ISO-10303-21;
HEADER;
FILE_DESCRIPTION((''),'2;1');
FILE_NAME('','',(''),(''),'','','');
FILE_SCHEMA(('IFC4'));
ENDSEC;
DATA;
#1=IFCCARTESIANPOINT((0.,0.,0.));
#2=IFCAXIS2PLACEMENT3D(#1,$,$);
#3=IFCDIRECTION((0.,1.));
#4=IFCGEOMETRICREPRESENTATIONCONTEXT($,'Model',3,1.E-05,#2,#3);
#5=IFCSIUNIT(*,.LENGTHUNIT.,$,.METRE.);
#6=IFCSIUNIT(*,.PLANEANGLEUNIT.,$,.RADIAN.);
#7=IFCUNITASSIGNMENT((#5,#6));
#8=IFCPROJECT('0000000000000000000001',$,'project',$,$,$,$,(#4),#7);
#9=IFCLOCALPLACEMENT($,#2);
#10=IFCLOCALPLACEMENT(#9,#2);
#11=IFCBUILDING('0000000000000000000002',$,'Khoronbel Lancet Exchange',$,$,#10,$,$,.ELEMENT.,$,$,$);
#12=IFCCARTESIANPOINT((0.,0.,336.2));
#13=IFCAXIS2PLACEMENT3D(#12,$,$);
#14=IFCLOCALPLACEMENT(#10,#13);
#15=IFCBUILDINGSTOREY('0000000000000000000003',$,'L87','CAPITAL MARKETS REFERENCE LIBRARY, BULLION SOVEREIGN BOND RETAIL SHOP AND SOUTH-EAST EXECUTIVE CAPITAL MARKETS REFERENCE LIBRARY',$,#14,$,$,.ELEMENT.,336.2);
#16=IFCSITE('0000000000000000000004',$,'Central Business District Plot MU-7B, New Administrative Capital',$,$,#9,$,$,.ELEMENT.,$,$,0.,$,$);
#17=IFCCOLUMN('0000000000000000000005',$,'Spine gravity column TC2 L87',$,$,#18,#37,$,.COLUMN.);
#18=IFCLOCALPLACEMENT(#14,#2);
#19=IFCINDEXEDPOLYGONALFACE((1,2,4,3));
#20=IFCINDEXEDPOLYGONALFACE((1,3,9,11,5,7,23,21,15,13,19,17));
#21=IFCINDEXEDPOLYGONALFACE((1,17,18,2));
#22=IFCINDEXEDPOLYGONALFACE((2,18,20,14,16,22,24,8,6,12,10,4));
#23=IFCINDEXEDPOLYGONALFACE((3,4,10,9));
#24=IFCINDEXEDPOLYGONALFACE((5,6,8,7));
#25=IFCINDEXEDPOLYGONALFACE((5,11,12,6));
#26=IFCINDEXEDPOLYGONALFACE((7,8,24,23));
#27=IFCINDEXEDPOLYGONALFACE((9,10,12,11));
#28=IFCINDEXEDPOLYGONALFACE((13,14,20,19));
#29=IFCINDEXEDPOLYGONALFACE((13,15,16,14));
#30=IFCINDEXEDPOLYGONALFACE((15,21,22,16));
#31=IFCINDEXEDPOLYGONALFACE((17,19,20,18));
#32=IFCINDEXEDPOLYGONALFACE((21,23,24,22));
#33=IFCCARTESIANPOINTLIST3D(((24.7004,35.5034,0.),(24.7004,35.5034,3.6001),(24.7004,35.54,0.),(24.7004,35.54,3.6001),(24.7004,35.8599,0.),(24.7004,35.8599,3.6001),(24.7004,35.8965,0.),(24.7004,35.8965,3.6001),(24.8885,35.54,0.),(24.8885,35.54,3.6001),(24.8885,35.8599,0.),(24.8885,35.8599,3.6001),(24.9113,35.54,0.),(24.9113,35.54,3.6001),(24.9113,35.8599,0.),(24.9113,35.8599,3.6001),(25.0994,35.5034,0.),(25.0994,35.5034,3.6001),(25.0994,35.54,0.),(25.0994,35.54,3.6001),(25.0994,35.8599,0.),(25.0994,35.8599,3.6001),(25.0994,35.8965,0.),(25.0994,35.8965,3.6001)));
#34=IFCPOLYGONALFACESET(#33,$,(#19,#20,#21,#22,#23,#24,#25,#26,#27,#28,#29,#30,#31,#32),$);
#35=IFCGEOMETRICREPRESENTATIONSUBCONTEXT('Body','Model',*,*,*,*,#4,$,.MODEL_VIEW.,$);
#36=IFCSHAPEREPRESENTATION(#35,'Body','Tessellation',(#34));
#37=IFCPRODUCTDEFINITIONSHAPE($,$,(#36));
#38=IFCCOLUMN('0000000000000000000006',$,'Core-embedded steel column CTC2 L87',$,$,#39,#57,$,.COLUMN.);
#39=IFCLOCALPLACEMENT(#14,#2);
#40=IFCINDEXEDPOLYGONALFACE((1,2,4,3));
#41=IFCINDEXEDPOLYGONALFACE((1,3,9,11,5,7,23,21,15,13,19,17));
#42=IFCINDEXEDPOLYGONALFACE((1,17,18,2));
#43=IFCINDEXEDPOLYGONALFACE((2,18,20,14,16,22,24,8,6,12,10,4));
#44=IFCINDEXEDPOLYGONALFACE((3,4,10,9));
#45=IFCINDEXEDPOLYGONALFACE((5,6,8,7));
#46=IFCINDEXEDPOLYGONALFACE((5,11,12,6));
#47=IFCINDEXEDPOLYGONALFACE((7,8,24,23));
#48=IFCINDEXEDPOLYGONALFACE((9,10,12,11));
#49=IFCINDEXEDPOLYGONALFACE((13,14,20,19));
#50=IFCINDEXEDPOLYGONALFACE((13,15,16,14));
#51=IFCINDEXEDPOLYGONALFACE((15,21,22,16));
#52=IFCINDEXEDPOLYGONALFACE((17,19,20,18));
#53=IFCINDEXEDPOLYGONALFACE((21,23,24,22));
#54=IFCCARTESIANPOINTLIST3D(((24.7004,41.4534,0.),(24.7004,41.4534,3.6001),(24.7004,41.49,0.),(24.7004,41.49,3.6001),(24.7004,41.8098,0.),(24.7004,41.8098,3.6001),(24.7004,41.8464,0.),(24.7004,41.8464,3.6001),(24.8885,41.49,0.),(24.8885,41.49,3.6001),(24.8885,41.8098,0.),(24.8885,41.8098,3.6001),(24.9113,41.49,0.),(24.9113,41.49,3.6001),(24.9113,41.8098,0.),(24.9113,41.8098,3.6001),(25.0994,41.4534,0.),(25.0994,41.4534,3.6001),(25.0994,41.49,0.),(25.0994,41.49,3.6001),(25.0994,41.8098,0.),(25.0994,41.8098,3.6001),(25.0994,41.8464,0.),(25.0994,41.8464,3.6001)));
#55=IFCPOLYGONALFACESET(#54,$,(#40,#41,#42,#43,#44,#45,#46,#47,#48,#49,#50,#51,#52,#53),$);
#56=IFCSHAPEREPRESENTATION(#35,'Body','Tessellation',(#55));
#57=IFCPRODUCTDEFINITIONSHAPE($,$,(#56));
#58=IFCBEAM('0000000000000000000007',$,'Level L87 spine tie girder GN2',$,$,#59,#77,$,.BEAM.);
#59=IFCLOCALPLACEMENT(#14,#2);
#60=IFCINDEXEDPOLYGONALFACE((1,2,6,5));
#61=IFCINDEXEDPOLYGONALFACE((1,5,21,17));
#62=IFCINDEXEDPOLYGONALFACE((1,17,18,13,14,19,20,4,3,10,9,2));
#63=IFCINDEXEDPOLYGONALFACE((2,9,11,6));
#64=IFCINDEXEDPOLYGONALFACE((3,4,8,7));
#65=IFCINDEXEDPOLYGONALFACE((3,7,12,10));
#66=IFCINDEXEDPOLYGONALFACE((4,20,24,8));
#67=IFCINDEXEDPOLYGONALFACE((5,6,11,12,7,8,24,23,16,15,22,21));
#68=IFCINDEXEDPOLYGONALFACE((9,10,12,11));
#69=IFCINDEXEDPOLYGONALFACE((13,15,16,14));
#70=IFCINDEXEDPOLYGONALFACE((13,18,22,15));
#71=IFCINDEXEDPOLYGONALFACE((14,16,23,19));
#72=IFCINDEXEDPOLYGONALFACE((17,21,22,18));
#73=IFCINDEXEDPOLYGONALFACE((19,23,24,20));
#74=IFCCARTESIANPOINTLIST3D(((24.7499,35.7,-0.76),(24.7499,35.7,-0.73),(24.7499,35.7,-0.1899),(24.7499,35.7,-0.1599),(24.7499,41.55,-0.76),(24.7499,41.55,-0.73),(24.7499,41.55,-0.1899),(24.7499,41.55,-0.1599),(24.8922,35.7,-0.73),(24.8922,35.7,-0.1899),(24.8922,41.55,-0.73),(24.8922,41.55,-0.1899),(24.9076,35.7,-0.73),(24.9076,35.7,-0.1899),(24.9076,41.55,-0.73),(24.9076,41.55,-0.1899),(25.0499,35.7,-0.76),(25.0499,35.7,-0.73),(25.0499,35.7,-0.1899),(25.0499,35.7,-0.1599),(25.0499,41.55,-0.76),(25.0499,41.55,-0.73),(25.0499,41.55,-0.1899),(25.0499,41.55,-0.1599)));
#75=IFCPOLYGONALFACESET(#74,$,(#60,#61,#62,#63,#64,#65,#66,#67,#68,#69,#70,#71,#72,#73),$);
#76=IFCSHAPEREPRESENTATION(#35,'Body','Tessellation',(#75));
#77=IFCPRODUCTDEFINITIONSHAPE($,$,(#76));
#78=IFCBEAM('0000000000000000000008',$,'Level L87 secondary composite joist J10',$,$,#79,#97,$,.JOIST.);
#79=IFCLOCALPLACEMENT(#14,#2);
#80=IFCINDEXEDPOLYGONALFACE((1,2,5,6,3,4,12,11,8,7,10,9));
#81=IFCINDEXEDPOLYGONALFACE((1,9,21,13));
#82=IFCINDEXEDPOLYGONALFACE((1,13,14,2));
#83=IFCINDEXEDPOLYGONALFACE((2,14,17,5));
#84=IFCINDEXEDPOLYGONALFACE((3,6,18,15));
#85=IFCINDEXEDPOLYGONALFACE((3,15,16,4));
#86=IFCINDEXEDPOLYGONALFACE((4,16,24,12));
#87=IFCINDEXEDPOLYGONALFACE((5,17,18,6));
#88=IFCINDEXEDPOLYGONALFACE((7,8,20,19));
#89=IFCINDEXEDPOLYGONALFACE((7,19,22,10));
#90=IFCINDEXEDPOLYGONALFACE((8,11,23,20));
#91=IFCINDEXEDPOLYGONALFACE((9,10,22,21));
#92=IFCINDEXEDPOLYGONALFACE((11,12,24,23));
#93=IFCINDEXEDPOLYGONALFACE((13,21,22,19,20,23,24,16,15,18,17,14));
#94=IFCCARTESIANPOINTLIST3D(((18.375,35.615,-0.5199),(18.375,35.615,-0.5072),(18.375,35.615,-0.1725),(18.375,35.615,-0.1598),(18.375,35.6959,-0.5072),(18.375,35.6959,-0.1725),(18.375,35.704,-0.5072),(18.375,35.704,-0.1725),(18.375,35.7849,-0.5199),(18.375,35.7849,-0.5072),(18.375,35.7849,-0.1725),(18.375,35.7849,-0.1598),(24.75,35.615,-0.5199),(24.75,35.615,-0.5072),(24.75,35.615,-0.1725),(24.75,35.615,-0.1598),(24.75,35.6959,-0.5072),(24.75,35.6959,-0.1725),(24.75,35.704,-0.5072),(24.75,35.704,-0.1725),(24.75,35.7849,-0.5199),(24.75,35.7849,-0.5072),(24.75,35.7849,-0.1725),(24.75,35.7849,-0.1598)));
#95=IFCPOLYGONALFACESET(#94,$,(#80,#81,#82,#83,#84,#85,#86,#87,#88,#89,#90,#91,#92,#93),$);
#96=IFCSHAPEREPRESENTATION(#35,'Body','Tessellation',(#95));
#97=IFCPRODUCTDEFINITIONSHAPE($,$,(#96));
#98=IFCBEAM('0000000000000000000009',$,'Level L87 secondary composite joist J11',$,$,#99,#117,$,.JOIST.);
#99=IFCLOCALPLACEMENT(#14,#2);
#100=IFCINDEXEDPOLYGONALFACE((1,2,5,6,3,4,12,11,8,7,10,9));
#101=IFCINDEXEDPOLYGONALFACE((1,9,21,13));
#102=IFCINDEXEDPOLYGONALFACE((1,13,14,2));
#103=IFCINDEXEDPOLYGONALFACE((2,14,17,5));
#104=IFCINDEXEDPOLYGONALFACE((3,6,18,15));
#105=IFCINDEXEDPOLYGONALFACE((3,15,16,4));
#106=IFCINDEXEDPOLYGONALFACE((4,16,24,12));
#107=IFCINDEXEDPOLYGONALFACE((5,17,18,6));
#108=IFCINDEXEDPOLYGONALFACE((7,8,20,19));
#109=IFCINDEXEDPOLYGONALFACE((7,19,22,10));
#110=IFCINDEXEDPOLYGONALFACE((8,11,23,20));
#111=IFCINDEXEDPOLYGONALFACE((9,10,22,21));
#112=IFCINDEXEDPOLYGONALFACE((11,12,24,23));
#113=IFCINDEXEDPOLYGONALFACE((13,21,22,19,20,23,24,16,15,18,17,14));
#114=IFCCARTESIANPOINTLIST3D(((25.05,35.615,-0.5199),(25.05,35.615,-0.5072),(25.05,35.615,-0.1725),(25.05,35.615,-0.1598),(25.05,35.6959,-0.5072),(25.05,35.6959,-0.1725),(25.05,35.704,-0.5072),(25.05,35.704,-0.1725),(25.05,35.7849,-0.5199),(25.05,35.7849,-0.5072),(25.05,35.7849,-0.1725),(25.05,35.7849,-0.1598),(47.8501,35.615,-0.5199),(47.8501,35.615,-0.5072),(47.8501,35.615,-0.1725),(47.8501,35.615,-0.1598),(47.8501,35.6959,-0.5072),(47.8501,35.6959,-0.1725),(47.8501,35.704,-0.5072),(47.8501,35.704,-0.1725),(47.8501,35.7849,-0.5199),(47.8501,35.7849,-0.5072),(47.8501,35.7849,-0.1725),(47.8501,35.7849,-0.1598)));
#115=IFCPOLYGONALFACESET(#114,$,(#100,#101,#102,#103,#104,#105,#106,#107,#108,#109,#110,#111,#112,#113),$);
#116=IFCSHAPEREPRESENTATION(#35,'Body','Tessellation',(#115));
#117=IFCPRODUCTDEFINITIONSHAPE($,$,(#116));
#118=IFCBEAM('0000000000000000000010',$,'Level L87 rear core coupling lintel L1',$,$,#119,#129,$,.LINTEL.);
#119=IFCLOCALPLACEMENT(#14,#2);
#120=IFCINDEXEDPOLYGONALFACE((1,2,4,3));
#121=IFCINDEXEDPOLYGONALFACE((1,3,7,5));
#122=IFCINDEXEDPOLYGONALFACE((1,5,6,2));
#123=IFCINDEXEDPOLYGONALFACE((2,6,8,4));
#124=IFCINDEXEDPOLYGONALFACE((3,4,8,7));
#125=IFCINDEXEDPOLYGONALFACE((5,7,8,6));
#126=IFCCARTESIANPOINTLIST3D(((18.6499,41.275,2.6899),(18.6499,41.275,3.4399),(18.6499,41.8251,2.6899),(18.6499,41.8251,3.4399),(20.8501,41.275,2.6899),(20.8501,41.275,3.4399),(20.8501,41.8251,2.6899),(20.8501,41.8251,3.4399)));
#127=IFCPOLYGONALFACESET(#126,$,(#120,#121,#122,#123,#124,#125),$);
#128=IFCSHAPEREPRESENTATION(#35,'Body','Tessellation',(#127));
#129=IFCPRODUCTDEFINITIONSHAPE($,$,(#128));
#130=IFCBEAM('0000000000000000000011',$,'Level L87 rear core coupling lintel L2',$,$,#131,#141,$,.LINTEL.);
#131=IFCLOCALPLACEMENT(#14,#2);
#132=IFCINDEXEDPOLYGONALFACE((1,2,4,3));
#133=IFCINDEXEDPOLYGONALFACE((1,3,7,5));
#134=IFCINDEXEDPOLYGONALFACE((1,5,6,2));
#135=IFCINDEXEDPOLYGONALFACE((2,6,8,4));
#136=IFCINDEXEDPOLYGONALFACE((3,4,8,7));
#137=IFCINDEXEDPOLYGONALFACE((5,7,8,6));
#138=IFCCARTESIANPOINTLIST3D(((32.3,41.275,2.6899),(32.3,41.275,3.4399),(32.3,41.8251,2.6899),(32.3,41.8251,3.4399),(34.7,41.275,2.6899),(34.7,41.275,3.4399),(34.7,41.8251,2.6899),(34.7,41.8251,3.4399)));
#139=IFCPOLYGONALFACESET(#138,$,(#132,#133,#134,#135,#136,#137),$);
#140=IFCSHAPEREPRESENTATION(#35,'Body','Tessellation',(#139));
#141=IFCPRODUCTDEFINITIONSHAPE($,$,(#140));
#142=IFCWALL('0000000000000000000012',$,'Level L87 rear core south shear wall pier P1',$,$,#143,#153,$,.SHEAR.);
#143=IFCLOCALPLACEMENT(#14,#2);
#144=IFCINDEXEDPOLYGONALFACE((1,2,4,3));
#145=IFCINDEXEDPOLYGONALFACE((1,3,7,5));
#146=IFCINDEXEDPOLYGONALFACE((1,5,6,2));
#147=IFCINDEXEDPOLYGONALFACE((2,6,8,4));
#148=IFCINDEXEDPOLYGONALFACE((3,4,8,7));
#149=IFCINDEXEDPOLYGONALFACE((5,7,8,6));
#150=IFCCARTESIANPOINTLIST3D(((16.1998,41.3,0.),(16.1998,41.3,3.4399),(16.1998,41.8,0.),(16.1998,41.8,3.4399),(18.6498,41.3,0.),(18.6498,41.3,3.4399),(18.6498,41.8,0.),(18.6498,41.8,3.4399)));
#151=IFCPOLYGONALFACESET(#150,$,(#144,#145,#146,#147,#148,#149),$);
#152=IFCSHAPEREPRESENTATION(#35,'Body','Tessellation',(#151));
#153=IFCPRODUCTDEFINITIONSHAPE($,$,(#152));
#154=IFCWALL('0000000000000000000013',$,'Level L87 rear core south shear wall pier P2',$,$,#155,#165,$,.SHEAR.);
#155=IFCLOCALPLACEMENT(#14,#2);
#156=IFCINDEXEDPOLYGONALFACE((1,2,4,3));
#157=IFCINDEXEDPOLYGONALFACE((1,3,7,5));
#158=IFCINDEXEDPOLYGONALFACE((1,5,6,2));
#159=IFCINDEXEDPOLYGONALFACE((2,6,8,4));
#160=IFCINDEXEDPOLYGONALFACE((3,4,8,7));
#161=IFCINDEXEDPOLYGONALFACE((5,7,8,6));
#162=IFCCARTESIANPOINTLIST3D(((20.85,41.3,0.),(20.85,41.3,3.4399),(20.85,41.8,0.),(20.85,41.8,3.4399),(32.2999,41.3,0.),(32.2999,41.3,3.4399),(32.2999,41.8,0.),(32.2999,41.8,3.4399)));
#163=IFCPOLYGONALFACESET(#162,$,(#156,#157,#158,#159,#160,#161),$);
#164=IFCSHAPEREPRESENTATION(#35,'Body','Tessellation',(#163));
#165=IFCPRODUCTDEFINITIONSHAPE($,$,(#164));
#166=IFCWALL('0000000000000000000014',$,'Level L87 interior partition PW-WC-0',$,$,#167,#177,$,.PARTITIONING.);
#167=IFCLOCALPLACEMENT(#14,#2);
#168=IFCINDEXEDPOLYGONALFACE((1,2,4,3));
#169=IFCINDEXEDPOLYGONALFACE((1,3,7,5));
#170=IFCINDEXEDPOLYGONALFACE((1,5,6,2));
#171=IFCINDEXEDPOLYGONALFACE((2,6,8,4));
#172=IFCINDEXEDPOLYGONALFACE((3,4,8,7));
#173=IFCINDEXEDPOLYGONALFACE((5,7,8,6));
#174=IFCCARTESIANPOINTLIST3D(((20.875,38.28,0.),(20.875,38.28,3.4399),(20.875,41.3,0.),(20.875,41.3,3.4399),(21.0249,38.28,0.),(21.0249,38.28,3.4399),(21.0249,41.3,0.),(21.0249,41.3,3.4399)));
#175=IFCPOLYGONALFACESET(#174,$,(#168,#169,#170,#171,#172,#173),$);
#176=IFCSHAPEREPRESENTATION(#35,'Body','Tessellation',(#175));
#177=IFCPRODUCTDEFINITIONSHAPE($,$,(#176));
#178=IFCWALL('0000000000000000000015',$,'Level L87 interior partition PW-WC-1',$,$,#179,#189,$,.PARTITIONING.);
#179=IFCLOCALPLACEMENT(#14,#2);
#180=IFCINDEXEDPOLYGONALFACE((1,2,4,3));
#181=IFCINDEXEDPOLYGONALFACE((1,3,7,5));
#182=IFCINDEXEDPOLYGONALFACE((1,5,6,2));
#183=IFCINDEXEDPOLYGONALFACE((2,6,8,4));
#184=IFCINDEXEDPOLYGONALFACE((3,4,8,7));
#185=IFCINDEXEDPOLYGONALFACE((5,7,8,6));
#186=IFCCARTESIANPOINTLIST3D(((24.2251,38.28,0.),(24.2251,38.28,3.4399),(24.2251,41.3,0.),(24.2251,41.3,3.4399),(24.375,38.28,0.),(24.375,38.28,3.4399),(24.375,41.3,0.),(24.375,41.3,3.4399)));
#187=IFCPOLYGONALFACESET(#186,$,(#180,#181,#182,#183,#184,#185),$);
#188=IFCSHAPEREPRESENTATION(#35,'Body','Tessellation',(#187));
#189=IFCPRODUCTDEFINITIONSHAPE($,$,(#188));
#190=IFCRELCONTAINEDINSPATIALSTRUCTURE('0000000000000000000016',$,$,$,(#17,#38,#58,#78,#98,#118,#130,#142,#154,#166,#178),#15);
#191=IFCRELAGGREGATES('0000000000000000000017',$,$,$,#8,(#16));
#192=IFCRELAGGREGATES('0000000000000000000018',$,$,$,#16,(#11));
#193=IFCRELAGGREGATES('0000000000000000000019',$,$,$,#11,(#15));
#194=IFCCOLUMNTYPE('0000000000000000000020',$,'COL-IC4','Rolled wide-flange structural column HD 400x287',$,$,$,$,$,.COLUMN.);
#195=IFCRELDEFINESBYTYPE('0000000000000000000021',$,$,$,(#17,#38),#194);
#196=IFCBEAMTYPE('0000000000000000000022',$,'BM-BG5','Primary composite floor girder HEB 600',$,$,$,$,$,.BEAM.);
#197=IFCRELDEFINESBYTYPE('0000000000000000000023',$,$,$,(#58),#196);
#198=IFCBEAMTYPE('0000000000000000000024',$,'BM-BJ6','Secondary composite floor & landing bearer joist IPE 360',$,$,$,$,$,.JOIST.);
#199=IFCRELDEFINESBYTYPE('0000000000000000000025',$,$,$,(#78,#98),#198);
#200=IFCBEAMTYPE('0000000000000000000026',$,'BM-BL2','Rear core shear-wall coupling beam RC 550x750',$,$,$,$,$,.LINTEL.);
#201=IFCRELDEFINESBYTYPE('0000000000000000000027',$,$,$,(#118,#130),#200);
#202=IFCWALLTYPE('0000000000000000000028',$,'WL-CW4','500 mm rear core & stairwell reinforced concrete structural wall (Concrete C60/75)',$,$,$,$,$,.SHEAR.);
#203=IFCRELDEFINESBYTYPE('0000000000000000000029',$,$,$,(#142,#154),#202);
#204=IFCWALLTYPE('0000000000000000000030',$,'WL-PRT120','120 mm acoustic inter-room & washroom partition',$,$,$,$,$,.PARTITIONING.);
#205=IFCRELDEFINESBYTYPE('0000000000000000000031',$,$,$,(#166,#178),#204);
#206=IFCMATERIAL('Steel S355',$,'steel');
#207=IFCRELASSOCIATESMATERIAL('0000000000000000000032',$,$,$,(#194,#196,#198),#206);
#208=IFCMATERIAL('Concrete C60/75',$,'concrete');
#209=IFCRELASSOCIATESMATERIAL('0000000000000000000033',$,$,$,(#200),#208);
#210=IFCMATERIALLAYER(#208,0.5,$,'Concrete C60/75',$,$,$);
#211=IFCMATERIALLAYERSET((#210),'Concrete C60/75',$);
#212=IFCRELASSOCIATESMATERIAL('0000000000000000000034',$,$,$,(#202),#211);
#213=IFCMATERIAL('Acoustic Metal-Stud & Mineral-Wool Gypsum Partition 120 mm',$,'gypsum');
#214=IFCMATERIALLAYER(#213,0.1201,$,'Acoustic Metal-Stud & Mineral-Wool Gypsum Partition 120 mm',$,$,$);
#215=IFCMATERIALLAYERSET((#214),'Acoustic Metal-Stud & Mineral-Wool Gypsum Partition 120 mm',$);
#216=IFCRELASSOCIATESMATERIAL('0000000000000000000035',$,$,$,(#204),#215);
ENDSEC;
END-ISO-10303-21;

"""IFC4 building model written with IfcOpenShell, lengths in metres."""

from ifc_helpers import new_model, si_unit, direction, frame, frame_2d, origin, origin_2d, place, context, subcontext, project, spatial, rectangle, i_section, extrude, material, layer, layer_set, material_profile, profile_set, type_object, element, save


model = new_model("IFC4")

# Units and contexts
model_context = context("Model", 3, precision=1e-05, world=origin(), true_north=direction((0.0, 1.0)))
body_context = subcontext(model_context, "Body", "Model", "MODEL_VIEW")
ifc_project = project(units=[si_unit("LENGTHUNIT", "METRE"), si_unit("PLANEANGLEUNIT", "RADIAN")], contexts=[model_context])

# Site, building, storey
site_placement = place(None, origin())
site = spatial("IfcSite", under=ifc_project, at=site_placement, Name="Central Business District Plot MU-7B, New Administrative Capital", CompositionType="ELEMENT", RefElevation=0.0)
building_placement = place(site_placement, origin())
building = spatial("IfcBuilding", under=site, at=building_placement, Name="Khoronbel Lancet Exchange", CompositionType="ELEMENT")
storey_placement = place(building_placement, frame((0.0, 0.0, 336.2)))
storey = spatial("IfcBuildingStorey", under=building, at=storey_placement, Name="L87", Description="CAPITAL MARKETS REFERENCE LIBRARY, BULLION SOVEREIGN BOND RETAIL SHOP AND SOUTH-EAST EXECUTIVE CAPITAL MARKETS REFERENCE LIBRARY", CompositionType="ELEMENT", Elevation=336.2)

# Columns
ifc_material_1 = material(Name="Steel S355", Category="steel")
ifc_material_profile_1 = material_profile(ifc_material_1, i_section(OverallWidth=0.3989, OverallDepth=0.3931, WebThickness=0.0227, FlangeThickness=0.0366, at=origin_2d()), Name="HD 400x287")
ifc_profile_set_1 = profile_set([ifc_material_profile_1], Name="Steel S355")
column_type = type_object("IfcColumnType", Name="COL-IC4", Description="Rolled wide-flange structural column HD 400x287", PredefinedType="COLUMN", material=ifc_profile_set_1)
for number, where, z_axis, x_axis, name in (
    (1, (24.8999, 35.7, 0.0), (0.0, 0.0, 1.0), (1.0, 0.0, 0.0), "Spine gravity column TC2 L87"),
    (2, (24.8999, 41.6499, 0.0), (0.0, 0.0, 1.0), (1.0, 0.0, 0.0), "Core-embedded steel column CTC2 L87"),
):
    element("IfcColumn", number, at=place(storey_placement, frame(where, z_axis=z_axis, x_axis=x_axis)), inside=storey, type_object=column_type, Name=name, PredefinedType="COLUMN", context=body_context, shape_type="SweptSolid", body=[
        extrude(i_section(OverallWidth=0.3989, OverallDepth=0.3931, WebThickness=0.0227, FlangeThickness=0.0366, at=origin_2d()), origin(), (0.0, 0.0, 1.0), 3.6001),
    ])

# Beams
ifc_material_profile_2 = material_profile(ifc_material_1, i_section(OverallWidth=0.3, OverallDepth=0.6001, WebThickness=0.0154, FlangeThickness=0.03, at=origin_2d()), Name="HEB 600")
ifc_profile_set_2 = profile_set([ifc_material_profile_2], Name="Steel S355")
beam_type_1 = type_object("IfcBeamType", Name="BM-BG5", Description="Primary composite floor girder HEB 600", PredefinedType="BEAM", material=ifc_profile_set_2)
beam_1_placement = place(storey_placement, frame((24.8999, 35.7, -0.46), z_axis=(0.0, 1.0, 0.0), x_axis=(-1.0, 0.0, 0.0)))
element("IfcBeam", 3, at=beam_1_placement, inside=storey, type_object=beam_type_1, Name="Level L87 spine tie girder GN2", PredefinedType="BEAM", context=body_context, shape_type="SweptSolid", body=[
    extrude(i_section(OverallWidth=0.3, OverallDepth=0.6001, WebThickness=0.0154, FlangeThickness=0.03, at=origin_2d()), origin(), (0.0, 0.0, 1.0), 5.8501),
])
ifc_material_profile_3 = material_profile(ifc_material_1, i_section(OverallWidth=0.1699, OverallDepth=0.3601, WebThickness=0.0081, FlangeThickness=0.0127, at=origin_2d()), Name="IPE 360")
ifc_profile_set_3 = profile_set([ifc_material_profile_3], Name="Steel S355")
beam_type_2 = type_object("IfcBeamType", Name="BM-BJ6", Description="Secondary composite floor & landing bearer joist IPE 360", PredefinedType="JOIST", material=ifc_profile_set_3)
beam_2_placement = place(storey_placement, frame((18.375, 35.7, -0.3398), z_axis=(1.0, 0.0, 0.0), x_axis=(0.0, 1.0, 0.0)))
element("IfcBeam", 4, at=beam_2_placement, inside=storey, type_object=beam_type_2, Name="Level L87 secondary composite joist J10", PredefinedType="JOIST", context=body_context, shape_type="SweptSolid", body=[
    extrude(i_section(OverallWidth=0.1699, OverallDepth=0.3601, WebThickness=0.0081, FlangeThickness=0.0127, at=origin_2d()), origin(), (0.0, 0.0, 1.0), 6.375),
])
beam_3_placement = place(storey_placement, frame((25.05, 35.7, -0.3398), z_axis=(1.0, 0.0, 0.0), x_axis=(0.0, 1.0, 0.0)))
element("IfcBeam", 5, at=beam_3_placement, inside=storey, type_object=beam_type_2, Name="Level L87 secondary composite joist J11", PredefinedType="JOIST", context=body_context, shape_type="SweptSolid", body=[
    extrude(i_section(OverallWidth=0.1699, OverallDepth=0.3601, WebThickness=0.0081, FlangeThickness=0.0127, at=origin_2d()), origin(), (0.0, 0.0, 1.0), 22.8),
])
ifc_material_2 = material(Name="Concrete C60/75", Category="concrete")
ifc_material_profile_4 = material_profile(ifc_material_2, rectangle(XDim=0.55, YDim=0.75, at=origin_2d()), Name="RC 550x750")
ifc_profile_set_4 = profile_set([ifc_material_profile_4], Name="Concrete C60/75")
beam_type_3 = type_object("IfcBeamType", Name="BM-BL2", Description="Rear core shear-wall coupling beam RC 550x750", PredefinedType="LINTEL", material=ifc_profile_set_4)
beam_4_placement = place(storey_placement, frame((18.6499, 41.55, 3.0649), z_axis=(1.0, 0.0, 0.0), x_axis=(0.0, 1.0, 0.0)))
element("IfcBeam", 6, at=beam_4_placement, inside=storey, type_object=beam_type_3, Name="Level L87 rear core coupling lintel L1", PredefinedType="LINTEL", context=body_context, shape_type="SweptSolid", body=[
    extrude(rectangle(XDim=0.55, YDim=0.75, at=origin_2d()), origin(), (0.0, 0.0, 1.0), 2.2002),
])
beam_5_placement = place(storey_placement, frame((32.3, 41.55, 3.0649), z_axis=(1.0, 0.0, 0.0), x_axis=(0.0, 1.0, 0.0)))
element("IfcBeam", 7, at=beam_5_placement, inside=storey, type_object=beam_type_3, Name="Level L87 rear core coupling lintel L2", PredefinedType="LINTEL", context=body_context, shape_type="SweptSolid", body=[
    extrude(rectangle(XDim=0.55, YDim=0.75, at=origin_2d()), origin(), (0.0, 0.0, 1.0), 2.3999),
])

# Walls
ifc_layer_1 = layer(ifc_material_2, 0.5, Name="Concrete C60/75")
ifc_layer_set_1 = layer_set([ifc_layer_1], Name="Concrete C60/75")
wall_type_1 = type_object("IfcWallType", Name="WL-CW4", Description="500 mm rear core & stairwell reinforced concrete structural wall (Concrete C60/75)", PredefinedType="SHEAR", material=ifc_layer_set_1)
wall_1_placement = place(storey_placement, frame((18.6499, 41.55, 0.0), z_axis=(0.0, 0.0, 1.0), x_axis=(-1.0, 0.0, 0.0)))
element("IfcWall", 8, at=wall_1_placement, inside=storey, type_object=wall_type_1, Name="Level L87 rear core south shear wall pier P1", PredefinedType="SHEAR", context=body_context, shape_type="SweptSolid", body=[
    extrude(rectangle(XDim=2.45, YDim=0.5, at=frame_2d((1.2251, 0.0))), origin(), (0.0, 0.0, 1.0), 3.4399),
])
wall_2_placement = place(storey_placement, frame((32.3, 41.55, 0.0), z_axis=(0.0, 0.0, 1.0), x_axis=(-1.0, 0.0, 0.0)))
element("IfcWall", 9, at=wall_2_placement, inside=storey, type_object=wall_type_1, Name="Level L87 rear core south shear wall pier P2", PredefinedType="SHEAR", context=body_context, shape_type="SweptSolid", body=[
    extrude(rectangle(XDim=11.45, YDim=0.5, at=frame_2d((5.7251, 0.0))), origin(), (0.0, 0.0, 1.0), 3.4399),
])
ifc_material_3 = material(Name="Acoustic Metal-Stud & Mineral-Wool Gypsum Partition 120 mm", Category="gypsum")
ifc_layer_2 = layer(ifc_material_3, 0.1201, Name="Acoustic Metal-Stud & Mineral-Wool Gypsum Partition 120 mm")
ifc_layer_set_2 = layer_set([ifc_layer_2], Name="Acoustic Metal-Stud & Mineral-Wool Gypsum Partition 120 mm")
wall_type_2 = type_object("IfcWallType", Name="WL-PRT120", Description="120 mm acoustic inter-room & washroom partition", PredefinedType="PARTITIONING", material=ifc_layer_set_2)
for number, where, z_axis, x_axis, name in (
    (10, (20.95, 38.28, 0.0), (0.0, 0.0, 1.0), (0.0, 1.0, 0.0), "Level L87 interior partition PW-WC-0"),
    (11, (24.3, 38.28, 0.0), (0.0, 0.0, 1.0), (0.0, 1.0, 0.0), "Level L87 interior partition PW-WC-1"),
):
    element("IfcWall", number, at=place(storey_placement, frame(where, z_axis=z_axis, x_axis=x_axis)), inside=storey, type_object=wall_type_2, Name=name, PredefinedType="PARTITIONING", context=body_context, shape_type="SweptSolid", body=[
        extrude(rectangle(XDim=3.02, YDim=0.1499, at=frame_2d((1.51, 0.0))), origin(), (0.0, 0.0, 1.0), 3.4399),
    ])

save(model, "model.ifc")
